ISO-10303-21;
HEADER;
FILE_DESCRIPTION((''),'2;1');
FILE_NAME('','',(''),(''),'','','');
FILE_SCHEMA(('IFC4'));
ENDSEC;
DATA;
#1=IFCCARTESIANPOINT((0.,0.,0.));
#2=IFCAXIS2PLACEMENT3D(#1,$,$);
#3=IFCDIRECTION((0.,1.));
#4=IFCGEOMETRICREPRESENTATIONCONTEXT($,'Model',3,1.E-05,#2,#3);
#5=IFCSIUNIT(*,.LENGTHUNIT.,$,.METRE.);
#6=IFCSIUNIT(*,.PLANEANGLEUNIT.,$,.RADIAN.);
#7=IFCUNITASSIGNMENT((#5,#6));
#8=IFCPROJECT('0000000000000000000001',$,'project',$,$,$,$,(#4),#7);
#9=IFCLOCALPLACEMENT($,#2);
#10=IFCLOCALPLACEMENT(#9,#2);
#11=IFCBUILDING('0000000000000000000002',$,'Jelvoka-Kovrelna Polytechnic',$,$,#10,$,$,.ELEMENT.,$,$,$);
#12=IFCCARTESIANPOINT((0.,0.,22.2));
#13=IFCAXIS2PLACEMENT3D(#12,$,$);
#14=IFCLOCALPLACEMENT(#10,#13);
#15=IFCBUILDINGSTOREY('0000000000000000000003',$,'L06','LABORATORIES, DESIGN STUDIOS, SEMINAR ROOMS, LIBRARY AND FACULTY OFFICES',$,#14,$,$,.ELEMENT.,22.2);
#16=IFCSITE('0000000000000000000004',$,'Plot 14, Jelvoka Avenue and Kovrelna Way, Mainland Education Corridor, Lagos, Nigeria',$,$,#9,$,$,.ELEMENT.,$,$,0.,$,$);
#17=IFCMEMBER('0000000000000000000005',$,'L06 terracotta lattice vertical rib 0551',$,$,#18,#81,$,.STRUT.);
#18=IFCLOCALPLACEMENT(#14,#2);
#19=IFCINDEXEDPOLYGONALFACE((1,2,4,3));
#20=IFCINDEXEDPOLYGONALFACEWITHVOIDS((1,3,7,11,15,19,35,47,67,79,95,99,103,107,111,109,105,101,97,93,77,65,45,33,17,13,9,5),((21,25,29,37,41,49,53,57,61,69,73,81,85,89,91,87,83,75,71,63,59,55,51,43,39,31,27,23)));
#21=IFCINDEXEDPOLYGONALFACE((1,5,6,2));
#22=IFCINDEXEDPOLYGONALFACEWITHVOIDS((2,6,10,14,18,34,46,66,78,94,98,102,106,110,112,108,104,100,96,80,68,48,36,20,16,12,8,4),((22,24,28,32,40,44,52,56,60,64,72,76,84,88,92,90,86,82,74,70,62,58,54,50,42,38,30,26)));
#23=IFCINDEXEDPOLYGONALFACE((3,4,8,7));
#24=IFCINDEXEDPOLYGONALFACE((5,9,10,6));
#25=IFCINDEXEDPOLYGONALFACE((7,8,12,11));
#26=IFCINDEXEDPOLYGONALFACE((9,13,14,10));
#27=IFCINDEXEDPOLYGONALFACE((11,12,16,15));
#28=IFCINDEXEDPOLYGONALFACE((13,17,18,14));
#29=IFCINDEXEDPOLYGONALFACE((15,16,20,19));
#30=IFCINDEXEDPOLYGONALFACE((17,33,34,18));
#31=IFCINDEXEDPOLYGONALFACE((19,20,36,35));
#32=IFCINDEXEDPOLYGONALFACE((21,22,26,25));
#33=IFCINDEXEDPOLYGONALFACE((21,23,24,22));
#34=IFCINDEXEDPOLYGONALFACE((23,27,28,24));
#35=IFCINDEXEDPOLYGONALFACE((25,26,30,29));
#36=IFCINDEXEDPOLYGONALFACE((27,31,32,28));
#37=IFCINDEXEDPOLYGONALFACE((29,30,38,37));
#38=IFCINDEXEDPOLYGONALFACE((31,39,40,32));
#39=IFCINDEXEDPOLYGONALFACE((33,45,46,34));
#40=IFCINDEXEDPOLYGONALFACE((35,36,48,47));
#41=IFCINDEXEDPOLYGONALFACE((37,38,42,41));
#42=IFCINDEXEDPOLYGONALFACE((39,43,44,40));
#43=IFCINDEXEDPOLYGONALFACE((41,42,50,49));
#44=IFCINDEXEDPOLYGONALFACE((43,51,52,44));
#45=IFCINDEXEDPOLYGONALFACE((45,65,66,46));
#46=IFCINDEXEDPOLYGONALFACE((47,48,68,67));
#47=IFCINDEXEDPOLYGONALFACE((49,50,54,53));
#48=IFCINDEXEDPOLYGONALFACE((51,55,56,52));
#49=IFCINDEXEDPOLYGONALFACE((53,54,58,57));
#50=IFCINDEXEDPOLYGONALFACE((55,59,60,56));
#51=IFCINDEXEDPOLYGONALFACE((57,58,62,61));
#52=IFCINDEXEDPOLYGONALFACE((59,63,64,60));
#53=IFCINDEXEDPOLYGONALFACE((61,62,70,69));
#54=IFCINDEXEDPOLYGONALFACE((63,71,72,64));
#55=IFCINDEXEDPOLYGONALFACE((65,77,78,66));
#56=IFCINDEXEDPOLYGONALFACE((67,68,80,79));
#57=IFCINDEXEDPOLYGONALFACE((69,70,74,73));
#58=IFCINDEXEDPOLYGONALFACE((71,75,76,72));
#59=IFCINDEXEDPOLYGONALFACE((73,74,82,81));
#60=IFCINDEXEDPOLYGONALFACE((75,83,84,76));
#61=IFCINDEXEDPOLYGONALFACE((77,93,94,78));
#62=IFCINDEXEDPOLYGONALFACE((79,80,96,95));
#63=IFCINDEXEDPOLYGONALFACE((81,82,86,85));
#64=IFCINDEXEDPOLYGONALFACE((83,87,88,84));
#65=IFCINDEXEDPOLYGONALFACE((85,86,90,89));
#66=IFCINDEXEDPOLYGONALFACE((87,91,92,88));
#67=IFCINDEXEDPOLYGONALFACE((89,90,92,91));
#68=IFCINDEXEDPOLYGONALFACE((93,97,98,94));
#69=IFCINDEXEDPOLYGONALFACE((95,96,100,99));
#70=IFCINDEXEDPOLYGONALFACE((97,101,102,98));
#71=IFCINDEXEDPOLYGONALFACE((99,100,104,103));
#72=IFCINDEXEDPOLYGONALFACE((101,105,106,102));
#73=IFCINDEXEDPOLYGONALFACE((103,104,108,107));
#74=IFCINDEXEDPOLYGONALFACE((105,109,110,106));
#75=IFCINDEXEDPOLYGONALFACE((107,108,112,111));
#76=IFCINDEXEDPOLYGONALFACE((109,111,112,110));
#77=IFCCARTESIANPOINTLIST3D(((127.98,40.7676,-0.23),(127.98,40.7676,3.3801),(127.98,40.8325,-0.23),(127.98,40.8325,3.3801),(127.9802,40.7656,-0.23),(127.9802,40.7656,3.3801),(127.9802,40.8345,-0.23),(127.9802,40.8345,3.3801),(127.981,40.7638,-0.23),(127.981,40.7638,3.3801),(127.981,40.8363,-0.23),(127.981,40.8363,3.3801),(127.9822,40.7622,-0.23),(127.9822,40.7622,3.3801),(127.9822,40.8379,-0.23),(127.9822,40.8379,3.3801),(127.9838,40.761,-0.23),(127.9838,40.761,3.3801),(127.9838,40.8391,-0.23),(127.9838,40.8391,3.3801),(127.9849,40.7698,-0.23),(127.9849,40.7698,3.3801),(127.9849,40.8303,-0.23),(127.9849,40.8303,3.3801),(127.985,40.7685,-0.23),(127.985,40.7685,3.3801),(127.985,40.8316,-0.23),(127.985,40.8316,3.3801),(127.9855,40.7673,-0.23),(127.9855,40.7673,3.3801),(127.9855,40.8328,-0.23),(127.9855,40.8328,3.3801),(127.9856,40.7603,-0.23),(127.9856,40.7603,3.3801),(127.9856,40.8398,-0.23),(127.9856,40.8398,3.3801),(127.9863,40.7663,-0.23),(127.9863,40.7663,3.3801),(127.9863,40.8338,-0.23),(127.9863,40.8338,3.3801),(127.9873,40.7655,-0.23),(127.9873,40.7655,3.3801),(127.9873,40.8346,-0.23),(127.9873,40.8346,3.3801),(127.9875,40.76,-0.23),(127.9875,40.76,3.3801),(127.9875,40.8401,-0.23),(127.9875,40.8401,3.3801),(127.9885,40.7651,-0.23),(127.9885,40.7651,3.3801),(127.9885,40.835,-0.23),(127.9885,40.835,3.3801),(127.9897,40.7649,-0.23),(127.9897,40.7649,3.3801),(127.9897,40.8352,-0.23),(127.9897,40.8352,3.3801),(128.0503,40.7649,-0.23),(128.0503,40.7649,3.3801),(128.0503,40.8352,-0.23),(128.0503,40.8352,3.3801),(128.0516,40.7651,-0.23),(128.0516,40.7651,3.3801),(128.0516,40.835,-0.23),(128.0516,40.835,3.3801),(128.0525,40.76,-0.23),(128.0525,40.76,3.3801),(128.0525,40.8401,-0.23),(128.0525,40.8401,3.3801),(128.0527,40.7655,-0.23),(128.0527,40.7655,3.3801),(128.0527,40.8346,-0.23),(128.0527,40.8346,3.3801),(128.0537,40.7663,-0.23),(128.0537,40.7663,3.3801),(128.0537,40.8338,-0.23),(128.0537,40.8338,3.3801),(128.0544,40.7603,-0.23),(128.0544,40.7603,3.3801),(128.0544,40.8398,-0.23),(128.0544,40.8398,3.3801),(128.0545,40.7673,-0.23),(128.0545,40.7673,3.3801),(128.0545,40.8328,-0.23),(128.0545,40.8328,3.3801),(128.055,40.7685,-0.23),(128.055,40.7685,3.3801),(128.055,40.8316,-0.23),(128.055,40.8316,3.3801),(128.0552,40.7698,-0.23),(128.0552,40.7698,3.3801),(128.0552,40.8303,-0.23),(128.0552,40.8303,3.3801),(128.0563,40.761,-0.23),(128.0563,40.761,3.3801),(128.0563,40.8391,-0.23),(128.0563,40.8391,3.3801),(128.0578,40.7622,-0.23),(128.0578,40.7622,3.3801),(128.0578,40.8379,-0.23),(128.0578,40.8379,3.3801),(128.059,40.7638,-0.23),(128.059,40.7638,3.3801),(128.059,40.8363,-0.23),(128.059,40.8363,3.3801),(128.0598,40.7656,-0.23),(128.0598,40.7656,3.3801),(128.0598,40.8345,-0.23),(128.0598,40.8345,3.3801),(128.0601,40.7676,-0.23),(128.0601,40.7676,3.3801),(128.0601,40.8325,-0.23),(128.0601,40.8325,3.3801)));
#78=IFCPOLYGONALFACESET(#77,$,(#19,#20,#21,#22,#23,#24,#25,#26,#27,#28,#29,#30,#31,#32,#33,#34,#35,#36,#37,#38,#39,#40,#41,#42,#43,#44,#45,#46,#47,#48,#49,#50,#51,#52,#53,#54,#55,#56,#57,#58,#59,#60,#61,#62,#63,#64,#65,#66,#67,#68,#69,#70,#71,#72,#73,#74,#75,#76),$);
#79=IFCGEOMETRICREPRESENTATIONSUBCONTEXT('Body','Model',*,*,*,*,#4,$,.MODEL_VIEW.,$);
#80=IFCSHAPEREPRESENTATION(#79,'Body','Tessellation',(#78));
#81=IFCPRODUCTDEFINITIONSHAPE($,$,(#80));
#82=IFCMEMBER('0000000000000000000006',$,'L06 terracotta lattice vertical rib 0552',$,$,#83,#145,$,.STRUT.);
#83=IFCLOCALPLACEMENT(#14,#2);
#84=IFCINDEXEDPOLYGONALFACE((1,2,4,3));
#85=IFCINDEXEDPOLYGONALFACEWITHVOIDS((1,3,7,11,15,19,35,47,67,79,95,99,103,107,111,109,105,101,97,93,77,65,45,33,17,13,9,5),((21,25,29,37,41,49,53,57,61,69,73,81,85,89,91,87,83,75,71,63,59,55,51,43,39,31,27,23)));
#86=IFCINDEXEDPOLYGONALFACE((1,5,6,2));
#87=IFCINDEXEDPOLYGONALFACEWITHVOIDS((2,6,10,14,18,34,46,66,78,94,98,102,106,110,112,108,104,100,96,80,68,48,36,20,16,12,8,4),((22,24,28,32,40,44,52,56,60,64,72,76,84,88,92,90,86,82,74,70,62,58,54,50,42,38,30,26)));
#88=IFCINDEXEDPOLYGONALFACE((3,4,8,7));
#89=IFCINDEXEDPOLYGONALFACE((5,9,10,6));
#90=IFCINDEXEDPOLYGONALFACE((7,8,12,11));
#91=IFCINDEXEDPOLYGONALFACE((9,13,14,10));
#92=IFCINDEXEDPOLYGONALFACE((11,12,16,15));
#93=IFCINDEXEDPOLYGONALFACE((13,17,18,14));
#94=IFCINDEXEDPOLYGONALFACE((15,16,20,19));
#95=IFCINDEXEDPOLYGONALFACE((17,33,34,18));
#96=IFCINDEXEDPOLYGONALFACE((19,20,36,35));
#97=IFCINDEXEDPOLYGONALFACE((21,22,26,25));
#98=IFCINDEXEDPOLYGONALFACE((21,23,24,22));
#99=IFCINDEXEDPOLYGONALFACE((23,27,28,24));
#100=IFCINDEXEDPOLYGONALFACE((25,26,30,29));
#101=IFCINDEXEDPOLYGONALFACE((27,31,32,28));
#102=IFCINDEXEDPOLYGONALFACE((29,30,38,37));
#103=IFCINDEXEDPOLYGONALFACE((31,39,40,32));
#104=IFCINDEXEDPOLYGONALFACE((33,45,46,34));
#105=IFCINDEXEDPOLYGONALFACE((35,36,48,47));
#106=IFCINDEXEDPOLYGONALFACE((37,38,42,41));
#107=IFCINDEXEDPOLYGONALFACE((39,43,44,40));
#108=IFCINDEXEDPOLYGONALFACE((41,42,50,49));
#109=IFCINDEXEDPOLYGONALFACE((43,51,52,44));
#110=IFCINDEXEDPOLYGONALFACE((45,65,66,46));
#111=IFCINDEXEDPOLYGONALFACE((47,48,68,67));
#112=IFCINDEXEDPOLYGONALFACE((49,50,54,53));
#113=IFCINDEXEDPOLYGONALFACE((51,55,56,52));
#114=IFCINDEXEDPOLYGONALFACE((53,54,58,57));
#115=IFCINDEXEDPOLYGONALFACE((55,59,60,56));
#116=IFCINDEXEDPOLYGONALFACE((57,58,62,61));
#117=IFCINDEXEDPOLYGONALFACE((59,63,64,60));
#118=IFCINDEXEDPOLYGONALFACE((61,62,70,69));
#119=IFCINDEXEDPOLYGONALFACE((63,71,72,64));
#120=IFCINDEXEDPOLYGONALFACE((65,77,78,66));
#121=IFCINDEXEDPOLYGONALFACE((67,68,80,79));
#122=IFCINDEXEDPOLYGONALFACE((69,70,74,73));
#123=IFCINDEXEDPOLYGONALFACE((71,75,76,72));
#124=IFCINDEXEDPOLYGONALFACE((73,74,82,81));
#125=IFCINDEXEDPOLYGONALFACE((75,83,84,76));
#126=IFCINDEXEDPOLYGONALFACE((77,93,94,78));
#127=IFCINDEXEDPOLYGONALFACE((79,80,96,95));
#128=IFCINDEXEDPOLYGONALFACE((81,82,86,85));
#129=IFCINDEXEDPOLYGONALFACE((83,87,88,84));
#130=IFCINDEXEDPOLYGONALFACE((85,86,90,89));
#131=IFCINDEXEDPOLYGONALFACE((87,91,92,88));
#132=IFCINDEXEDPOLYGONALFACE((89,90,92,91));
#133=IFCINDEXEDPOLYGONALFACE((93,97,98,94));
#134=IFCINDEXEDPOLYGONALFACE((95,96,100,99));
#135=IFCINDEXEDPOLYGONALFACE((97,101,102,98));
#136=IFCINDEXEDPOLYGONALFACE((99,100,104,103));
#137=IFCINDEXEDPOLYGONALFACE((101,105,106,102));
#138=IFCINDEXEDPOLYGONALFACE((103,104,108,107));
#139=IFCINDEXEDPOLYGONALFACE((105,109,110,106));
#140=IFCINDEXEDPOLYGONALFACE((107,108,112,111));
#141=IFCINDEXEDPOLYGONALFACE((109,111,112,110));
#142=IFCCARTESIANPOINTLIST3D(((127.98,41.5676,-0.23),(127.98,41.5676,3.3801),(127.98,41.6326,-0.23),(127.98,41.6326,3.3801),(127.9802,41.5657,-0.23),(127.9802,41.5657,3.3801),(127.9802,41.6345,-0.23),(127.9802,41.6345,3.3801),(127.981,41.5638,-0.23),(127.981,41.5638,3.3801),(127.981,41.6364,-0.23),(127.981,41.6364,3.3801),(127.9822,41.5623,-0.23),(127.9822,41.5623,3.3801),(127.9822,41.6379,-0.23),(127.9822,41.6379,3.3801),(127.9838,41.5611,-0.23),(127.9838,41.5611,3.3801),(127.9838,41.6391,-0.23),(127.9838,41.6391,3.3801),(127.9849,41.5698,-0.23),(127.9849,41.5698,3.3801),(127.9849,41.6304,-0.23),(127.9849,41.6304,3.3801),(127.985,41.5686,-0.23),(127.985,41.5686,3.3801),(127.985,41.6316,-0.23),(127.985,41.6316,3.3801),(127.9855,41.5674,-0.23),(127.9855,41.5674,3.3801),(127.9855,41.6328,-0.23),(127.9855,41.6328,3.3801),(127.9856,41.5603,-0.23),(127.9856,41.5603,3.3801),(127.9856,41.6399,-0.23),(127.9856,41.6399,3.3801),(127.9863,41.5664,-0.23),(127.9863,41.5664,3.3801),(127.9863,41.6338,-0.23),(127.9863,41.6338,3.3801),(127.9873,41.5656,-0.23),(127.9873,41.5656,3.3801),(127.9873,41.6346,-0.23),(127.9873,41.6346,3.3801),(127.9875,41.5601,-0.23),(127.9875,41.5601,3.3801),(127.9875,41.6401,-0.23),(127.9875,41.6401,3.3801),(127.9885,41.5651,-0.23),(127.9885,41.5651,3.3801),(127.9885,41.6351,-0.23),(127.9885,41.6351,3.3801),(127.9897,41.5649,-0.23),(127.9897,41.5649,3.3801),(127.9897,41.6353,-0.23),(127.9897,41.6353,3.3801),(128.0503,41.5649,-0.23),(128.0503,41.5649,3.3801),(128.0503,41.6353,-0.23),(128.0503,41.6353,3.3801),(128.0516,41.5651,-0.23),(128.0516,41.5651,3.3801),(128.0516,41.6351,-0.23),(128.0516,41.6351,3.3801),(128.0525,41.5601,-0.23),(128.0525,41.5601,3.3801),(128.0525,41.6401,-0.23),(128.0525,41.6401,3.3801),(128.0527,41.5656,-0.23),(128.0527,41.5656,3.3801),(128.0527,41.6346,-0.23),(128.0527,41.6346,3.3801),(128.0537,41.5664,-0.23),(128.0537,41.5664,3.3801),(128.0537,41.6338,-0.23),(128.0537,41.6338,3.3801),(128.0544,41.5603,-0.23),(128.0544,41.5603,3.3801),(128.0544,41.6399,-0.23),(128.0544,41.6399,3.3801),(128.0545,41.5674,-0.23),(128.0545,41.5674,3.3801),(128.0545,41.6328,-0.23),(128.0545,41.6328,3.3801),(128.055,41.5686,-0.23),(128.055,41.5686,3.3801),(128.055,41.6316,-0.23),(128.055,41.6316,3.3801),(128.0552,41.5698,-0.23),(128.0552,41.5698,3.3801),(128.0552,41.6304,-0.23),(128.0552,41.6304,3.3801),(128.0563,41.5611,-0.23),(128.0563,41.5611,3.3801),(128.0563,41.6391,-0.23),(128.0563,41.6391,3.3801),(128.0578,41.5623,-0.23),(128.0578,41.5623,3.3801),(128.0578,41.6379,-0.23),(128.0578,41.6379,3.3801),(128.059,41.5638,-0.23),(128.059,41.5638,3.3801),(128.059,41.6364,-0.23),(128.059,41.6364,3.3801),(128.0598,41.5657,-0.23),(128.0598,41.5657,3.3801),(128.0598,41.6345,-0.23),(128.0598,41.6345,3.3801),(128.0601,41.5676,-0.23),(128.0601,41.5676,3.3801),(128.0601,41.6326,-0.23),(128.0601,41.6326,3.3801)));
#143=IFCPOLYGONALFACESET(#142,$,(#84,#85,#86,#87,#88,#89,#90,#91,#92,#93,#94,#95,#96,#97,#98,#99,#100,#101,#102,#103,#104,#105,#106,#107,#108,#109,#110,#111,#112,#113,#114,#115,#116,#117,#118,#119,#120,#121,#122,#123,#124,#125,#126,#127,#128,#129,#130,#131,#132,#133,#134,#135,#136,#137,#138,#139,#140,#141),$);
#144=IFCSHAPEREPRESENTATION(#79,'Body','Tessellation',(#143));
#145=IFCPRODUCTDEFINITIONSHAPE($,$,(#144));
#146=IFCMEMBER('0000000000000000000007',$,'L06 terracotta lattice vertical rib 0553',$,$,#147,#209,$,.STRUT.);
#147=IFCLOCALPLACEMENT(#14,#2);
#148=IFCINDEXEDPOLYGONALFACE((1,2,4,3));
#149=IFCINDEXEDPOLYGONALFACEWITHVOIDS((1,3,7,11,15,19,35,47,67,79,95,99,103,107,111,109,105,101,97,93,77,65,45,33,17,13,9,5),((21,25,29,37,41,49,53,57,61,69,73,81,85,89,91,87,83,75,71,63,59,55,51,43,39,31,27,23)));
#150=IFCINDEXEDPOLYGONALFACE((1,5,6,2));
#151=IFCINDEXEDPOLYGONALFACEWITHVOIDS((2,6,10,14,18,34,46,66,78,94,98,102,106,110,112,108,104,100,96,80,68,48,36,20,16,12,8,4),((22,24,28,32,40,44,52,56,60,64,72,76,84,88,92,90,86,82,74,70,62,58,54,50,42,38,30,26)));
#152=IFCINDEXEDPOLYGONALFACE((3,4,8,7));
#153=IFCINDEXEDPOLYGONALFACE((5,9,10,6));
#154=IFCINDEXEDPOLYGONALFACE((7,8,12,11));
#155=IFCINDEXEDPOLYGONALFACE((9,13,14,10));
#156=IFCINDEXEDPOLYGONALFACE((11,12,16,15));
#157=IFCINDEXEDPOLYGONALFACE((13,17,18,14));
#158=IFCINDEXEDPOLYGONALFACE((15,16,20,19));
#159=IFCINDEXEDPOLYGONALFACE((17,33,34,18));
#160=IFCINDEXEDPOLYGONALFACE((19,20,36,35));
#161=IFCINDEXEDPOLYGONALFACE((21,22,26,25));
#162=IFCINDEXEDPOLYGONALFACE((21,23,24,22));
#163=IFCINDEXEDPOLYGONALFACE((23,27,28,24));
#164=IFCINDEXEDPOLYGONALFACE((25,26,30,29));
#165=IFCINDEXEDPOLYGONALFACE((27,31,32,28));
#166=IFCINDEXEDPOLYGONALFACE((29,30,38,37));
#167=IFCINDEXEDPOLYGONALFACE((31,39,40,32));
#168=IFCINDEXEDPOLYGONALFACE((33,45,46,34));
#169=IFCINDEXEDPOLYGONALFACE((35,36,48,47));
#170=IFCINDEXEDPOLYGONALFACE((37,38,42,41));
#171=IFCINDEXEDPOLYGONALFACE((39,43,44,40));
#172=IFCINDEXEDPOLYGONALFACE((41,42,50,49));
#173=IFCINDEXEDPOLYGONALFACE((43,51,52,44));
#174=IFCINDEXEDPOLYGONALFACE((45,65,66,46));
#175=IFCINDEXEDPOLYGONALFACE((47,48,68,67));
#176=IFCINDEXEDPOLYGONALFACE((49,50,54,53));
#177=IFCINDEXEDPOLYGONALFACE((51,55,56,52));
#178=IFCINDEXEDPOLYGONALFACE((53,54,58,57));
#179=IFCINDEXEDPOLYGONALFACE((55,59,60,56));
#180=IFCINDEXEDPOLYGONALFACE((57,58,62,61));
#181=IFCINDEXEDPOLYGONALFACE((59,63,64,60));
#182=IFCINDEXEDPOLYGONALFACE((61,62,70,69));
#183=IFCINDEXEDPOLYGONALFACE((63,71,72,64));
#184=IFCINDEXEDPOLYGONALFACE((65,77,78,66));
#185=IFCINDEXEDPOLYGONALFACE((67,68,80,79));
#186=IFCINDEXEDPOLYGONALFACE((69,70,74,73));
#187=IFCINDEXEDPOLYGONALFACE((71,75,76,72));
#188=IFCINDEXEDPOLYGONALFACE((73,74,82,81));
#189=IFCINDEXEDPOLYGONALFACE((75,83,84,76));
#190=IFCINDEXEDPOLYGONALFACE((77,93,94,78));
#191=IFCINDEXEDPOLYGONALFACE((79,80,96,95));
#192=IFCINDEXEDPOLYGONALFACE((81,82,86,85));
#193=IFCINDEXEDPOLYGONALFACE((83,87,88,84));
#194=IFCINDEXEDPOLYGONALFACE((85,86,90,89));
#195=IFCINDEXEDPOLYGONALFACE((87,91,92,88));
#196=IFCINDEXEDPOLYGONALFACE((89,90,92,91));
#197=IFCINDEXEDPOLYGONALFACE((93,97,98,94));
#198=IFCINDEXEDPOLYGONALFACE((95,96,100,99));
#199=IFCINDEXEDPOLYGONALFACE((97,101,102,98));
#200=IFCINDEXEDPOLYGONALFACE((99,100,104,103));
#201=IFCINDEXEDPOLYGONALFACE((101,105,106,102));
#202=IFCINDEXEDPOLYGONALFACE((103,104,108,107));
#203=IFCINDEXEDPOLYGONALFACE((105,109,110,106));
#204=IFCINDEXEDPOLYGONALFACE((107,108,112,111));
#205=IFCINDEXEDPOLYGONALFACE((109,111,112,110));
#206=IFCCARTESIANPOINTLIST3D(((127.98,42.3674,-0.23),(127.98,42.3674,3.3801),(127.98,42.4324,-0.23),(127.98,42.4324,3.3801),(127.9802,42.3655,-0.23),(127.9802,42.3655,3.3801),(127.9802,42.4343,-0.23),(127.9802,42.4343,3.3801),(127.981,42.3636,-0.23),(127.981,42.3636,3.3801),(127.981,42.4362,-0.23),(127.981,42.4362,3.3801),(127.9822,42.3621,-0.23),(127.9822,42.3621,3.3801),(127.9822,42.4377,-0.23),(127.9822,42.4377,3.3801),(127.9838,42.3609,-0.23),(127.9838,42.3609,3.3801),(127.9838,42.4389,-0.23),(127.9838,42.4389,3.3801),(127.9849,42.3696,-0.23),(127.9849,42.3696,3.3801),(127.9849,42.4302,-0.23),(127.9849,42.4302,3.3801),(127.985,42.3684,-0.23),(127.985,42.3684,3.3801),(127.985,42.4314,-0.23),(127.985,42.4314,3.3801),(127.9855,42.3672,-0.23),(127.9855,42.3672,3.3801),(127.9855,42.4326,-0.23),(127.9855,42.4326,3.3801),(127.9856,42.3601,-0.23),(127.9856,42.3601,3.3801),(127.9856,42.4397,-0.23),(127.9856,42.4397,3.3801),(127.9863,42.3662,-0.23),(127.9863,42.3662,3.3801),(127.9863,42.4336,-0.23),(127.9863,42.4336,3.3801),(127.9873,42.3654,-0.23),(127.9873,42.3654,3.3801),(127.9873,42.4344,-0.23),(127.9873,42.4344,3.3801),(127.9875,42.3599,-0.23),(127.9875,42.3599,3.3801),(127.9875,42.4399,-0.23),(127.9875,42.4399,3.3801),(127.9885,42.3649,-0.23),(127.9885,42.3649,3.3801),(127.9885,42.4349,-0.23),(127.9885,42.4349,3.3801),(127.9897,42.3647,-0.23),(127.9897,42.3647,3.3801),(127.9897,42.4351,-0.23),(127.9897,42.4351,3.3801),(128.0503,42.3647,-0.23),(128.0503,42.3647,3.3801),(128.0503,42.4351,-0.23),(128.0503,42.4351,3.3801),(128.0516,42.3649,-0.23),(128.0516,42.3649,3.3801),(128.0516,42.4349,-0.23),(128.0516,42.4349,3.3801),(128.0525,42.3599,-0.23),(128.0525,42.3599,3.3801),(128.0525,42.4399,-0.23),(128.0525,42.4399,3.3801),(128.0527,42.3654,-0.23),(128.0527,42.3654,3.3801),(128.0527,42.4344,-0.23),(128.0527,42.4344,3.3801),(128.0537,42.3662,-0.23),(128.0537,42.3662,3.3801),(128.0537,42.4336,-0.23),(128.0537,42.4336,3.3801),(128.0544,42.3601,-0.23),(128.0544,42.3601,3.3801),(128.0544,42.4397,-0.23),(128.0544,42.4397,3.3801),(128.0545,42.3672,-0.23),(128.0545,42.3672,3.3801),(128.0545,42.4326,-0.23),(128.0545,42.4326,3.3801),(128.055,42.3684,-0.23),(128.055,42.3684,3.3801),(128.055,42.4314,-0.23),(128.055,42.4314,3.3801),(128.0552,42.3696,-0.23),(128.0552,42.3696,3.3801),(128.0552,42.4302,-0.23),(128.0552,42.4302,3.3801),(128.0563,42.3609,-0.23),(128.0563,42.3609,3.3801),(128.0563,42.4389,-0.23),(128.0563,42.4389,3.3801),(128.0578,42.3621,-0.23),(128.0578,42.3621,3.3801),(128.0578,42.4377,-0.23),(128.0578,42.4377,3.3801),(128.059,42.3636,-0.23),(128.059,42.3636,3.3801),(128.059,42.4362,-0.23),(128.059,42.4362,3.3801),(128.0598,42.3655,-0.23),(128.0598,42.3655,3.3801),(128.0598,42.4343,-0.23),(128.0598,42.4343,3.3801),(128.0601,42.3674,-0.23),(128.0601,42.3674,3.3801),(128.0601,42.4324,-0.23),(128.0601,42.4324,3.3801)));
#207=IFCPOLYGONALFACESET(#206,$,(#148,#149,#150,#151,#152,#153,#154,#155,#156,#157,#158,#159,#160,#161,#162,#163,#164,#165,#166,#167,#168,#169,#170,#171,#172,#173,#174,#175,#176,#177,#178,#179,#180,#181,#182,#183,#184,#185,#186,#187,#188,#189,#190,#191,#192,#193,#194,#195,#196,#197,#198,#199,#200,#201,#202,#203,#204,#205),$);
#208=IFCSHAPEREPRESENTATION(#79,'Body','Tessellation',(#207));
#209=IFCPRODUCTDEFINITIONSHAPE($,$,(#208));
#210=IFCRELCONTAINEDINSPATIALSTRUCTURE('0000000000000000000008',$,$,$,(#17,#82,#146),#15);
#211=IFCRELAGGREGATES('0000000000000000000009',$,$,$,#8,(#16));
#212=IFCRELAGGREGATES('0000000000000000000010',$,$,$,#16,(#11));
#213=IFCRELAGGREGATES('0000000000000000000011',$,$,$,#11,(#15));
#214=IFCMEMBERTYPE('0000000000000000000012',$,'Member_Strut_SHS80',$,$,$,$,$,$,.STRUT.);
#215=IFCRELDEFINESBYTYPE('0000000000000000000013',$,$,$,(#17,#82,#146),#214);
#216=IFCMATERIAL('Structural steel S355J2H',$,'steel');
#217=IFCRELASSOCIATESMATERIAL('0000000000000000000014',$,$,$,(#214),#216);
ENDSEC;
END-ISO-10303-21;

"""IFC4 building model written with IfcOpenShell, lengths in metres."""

from ifc_helpers import new_model, si_unit, direction, frame, origin, origin_2d, place, context, subcontext, project, spatial, hollow_rectangle, extrude, material, material_profile, profile_set, type_object, element, save


model = new_model("IFC4")

# Units and contexts
model_context = context("Model", 3, precision=1e-05, world=origin(), true_north=direction((0.0, 1.0)))
body_context = subcontext(model_context, "Body", "Model", "MODEL_VIEW")
ifc_project = project(units=[si_unit("LENGTHUNIT", "METRE"), si_unit("PLANEANGLEUNIT", "RADIAN")], contexts=[model_context])

# Site, building, storey
site_placement = place(None, origin())
site = spatial("IfcSite", under=ifc_project, at=site_placement, Name="Plot 14, Jelvoka Avenue and Kovrelna Way, Mainland Education Corridor, Lagos, Nigeria", CompositionType="ELEMENT", RefElevation=0.0)
building_placement = place(site_placement, origin())
building = spatial("IfcBuilding", under=site, at=building_placement, Name="Jelvoka-Kovrelna Polytechnic", CompositionType="ELEMENT")
storey_placement = place(building_placement, frame((0.0, 0.0, 22.2)))
storey = spatial("IfcBuildingStorey", under=building, at=storey_placement, Name="L06", Description="LABORATORIES, DESIGN STUDIOS, SEMINAR ROOMS, LIBRARY AND FACULTY OFFICES", CompositionType="ELEMENT", Elevation=22.2)

# Members
ifc_material_1 = material(Name="Structural steel S355J2H", Category="steel")
ifc_material_profile_1 = material_profile(ifc_material_1, hollow_rectangle(XDim=0.0801, YDim=0.0801, WallThickness=0.0049, InnerFilletRadius=0.0049, OuterFilletRadius=0.0076, at=origin_2d()), Name="80x80x5.0 SHS")
ifc_profile_set_1 = profile_set([ifc_material_profile_1], Name="Structural steel S355J2H")
member_type_1 = type_object("IfcMemberType", Name="Member_Strut_SHS80", PredefinedType="STRUT", material=ifc_profile_set_1)
for number, where, z_axis, x_axis, name in (
    (1, (128.02, 40.8, -0.23), (0.0, 0.0, 1.0), (1.0, 0.0, 0.0), "L06 terracotta lattice vertical rib 0551"),
    (2, (128.02, 41.6001, -0.23), (0.0, 0.0, 1.0), (1.0, 0.0, 0.0), "L06 terracotta lattice vertical rib 0552"),
    (3, (128.02, 42.3999, -0.23), (0.0, 0.0, 1.0), (1.0, 0.0, 0.0), "L06 terracotta lattice vertical rib 0553"),
):
    element("IfcMember", number, at=place(storey_placement, frame(where, z_axis=z_axis, x_axis=x_axis)), inside=storey, type_object=member_type_1, Name=name, PredefinedType="STRUT", context=body_context, shape_type="SweptSolid", body=[
        extrude(hollow_rectangle(XDim=0.0801, YDim=0.0801, WallThickness=0.0049, InnerFilletRadius=0.0049, OuterFilletRadius=0.0076, at=origin_2d()), origin(), (0.0, 0.0, 1.0), 3.6101),
    ])

save(model, "model.ifc")
